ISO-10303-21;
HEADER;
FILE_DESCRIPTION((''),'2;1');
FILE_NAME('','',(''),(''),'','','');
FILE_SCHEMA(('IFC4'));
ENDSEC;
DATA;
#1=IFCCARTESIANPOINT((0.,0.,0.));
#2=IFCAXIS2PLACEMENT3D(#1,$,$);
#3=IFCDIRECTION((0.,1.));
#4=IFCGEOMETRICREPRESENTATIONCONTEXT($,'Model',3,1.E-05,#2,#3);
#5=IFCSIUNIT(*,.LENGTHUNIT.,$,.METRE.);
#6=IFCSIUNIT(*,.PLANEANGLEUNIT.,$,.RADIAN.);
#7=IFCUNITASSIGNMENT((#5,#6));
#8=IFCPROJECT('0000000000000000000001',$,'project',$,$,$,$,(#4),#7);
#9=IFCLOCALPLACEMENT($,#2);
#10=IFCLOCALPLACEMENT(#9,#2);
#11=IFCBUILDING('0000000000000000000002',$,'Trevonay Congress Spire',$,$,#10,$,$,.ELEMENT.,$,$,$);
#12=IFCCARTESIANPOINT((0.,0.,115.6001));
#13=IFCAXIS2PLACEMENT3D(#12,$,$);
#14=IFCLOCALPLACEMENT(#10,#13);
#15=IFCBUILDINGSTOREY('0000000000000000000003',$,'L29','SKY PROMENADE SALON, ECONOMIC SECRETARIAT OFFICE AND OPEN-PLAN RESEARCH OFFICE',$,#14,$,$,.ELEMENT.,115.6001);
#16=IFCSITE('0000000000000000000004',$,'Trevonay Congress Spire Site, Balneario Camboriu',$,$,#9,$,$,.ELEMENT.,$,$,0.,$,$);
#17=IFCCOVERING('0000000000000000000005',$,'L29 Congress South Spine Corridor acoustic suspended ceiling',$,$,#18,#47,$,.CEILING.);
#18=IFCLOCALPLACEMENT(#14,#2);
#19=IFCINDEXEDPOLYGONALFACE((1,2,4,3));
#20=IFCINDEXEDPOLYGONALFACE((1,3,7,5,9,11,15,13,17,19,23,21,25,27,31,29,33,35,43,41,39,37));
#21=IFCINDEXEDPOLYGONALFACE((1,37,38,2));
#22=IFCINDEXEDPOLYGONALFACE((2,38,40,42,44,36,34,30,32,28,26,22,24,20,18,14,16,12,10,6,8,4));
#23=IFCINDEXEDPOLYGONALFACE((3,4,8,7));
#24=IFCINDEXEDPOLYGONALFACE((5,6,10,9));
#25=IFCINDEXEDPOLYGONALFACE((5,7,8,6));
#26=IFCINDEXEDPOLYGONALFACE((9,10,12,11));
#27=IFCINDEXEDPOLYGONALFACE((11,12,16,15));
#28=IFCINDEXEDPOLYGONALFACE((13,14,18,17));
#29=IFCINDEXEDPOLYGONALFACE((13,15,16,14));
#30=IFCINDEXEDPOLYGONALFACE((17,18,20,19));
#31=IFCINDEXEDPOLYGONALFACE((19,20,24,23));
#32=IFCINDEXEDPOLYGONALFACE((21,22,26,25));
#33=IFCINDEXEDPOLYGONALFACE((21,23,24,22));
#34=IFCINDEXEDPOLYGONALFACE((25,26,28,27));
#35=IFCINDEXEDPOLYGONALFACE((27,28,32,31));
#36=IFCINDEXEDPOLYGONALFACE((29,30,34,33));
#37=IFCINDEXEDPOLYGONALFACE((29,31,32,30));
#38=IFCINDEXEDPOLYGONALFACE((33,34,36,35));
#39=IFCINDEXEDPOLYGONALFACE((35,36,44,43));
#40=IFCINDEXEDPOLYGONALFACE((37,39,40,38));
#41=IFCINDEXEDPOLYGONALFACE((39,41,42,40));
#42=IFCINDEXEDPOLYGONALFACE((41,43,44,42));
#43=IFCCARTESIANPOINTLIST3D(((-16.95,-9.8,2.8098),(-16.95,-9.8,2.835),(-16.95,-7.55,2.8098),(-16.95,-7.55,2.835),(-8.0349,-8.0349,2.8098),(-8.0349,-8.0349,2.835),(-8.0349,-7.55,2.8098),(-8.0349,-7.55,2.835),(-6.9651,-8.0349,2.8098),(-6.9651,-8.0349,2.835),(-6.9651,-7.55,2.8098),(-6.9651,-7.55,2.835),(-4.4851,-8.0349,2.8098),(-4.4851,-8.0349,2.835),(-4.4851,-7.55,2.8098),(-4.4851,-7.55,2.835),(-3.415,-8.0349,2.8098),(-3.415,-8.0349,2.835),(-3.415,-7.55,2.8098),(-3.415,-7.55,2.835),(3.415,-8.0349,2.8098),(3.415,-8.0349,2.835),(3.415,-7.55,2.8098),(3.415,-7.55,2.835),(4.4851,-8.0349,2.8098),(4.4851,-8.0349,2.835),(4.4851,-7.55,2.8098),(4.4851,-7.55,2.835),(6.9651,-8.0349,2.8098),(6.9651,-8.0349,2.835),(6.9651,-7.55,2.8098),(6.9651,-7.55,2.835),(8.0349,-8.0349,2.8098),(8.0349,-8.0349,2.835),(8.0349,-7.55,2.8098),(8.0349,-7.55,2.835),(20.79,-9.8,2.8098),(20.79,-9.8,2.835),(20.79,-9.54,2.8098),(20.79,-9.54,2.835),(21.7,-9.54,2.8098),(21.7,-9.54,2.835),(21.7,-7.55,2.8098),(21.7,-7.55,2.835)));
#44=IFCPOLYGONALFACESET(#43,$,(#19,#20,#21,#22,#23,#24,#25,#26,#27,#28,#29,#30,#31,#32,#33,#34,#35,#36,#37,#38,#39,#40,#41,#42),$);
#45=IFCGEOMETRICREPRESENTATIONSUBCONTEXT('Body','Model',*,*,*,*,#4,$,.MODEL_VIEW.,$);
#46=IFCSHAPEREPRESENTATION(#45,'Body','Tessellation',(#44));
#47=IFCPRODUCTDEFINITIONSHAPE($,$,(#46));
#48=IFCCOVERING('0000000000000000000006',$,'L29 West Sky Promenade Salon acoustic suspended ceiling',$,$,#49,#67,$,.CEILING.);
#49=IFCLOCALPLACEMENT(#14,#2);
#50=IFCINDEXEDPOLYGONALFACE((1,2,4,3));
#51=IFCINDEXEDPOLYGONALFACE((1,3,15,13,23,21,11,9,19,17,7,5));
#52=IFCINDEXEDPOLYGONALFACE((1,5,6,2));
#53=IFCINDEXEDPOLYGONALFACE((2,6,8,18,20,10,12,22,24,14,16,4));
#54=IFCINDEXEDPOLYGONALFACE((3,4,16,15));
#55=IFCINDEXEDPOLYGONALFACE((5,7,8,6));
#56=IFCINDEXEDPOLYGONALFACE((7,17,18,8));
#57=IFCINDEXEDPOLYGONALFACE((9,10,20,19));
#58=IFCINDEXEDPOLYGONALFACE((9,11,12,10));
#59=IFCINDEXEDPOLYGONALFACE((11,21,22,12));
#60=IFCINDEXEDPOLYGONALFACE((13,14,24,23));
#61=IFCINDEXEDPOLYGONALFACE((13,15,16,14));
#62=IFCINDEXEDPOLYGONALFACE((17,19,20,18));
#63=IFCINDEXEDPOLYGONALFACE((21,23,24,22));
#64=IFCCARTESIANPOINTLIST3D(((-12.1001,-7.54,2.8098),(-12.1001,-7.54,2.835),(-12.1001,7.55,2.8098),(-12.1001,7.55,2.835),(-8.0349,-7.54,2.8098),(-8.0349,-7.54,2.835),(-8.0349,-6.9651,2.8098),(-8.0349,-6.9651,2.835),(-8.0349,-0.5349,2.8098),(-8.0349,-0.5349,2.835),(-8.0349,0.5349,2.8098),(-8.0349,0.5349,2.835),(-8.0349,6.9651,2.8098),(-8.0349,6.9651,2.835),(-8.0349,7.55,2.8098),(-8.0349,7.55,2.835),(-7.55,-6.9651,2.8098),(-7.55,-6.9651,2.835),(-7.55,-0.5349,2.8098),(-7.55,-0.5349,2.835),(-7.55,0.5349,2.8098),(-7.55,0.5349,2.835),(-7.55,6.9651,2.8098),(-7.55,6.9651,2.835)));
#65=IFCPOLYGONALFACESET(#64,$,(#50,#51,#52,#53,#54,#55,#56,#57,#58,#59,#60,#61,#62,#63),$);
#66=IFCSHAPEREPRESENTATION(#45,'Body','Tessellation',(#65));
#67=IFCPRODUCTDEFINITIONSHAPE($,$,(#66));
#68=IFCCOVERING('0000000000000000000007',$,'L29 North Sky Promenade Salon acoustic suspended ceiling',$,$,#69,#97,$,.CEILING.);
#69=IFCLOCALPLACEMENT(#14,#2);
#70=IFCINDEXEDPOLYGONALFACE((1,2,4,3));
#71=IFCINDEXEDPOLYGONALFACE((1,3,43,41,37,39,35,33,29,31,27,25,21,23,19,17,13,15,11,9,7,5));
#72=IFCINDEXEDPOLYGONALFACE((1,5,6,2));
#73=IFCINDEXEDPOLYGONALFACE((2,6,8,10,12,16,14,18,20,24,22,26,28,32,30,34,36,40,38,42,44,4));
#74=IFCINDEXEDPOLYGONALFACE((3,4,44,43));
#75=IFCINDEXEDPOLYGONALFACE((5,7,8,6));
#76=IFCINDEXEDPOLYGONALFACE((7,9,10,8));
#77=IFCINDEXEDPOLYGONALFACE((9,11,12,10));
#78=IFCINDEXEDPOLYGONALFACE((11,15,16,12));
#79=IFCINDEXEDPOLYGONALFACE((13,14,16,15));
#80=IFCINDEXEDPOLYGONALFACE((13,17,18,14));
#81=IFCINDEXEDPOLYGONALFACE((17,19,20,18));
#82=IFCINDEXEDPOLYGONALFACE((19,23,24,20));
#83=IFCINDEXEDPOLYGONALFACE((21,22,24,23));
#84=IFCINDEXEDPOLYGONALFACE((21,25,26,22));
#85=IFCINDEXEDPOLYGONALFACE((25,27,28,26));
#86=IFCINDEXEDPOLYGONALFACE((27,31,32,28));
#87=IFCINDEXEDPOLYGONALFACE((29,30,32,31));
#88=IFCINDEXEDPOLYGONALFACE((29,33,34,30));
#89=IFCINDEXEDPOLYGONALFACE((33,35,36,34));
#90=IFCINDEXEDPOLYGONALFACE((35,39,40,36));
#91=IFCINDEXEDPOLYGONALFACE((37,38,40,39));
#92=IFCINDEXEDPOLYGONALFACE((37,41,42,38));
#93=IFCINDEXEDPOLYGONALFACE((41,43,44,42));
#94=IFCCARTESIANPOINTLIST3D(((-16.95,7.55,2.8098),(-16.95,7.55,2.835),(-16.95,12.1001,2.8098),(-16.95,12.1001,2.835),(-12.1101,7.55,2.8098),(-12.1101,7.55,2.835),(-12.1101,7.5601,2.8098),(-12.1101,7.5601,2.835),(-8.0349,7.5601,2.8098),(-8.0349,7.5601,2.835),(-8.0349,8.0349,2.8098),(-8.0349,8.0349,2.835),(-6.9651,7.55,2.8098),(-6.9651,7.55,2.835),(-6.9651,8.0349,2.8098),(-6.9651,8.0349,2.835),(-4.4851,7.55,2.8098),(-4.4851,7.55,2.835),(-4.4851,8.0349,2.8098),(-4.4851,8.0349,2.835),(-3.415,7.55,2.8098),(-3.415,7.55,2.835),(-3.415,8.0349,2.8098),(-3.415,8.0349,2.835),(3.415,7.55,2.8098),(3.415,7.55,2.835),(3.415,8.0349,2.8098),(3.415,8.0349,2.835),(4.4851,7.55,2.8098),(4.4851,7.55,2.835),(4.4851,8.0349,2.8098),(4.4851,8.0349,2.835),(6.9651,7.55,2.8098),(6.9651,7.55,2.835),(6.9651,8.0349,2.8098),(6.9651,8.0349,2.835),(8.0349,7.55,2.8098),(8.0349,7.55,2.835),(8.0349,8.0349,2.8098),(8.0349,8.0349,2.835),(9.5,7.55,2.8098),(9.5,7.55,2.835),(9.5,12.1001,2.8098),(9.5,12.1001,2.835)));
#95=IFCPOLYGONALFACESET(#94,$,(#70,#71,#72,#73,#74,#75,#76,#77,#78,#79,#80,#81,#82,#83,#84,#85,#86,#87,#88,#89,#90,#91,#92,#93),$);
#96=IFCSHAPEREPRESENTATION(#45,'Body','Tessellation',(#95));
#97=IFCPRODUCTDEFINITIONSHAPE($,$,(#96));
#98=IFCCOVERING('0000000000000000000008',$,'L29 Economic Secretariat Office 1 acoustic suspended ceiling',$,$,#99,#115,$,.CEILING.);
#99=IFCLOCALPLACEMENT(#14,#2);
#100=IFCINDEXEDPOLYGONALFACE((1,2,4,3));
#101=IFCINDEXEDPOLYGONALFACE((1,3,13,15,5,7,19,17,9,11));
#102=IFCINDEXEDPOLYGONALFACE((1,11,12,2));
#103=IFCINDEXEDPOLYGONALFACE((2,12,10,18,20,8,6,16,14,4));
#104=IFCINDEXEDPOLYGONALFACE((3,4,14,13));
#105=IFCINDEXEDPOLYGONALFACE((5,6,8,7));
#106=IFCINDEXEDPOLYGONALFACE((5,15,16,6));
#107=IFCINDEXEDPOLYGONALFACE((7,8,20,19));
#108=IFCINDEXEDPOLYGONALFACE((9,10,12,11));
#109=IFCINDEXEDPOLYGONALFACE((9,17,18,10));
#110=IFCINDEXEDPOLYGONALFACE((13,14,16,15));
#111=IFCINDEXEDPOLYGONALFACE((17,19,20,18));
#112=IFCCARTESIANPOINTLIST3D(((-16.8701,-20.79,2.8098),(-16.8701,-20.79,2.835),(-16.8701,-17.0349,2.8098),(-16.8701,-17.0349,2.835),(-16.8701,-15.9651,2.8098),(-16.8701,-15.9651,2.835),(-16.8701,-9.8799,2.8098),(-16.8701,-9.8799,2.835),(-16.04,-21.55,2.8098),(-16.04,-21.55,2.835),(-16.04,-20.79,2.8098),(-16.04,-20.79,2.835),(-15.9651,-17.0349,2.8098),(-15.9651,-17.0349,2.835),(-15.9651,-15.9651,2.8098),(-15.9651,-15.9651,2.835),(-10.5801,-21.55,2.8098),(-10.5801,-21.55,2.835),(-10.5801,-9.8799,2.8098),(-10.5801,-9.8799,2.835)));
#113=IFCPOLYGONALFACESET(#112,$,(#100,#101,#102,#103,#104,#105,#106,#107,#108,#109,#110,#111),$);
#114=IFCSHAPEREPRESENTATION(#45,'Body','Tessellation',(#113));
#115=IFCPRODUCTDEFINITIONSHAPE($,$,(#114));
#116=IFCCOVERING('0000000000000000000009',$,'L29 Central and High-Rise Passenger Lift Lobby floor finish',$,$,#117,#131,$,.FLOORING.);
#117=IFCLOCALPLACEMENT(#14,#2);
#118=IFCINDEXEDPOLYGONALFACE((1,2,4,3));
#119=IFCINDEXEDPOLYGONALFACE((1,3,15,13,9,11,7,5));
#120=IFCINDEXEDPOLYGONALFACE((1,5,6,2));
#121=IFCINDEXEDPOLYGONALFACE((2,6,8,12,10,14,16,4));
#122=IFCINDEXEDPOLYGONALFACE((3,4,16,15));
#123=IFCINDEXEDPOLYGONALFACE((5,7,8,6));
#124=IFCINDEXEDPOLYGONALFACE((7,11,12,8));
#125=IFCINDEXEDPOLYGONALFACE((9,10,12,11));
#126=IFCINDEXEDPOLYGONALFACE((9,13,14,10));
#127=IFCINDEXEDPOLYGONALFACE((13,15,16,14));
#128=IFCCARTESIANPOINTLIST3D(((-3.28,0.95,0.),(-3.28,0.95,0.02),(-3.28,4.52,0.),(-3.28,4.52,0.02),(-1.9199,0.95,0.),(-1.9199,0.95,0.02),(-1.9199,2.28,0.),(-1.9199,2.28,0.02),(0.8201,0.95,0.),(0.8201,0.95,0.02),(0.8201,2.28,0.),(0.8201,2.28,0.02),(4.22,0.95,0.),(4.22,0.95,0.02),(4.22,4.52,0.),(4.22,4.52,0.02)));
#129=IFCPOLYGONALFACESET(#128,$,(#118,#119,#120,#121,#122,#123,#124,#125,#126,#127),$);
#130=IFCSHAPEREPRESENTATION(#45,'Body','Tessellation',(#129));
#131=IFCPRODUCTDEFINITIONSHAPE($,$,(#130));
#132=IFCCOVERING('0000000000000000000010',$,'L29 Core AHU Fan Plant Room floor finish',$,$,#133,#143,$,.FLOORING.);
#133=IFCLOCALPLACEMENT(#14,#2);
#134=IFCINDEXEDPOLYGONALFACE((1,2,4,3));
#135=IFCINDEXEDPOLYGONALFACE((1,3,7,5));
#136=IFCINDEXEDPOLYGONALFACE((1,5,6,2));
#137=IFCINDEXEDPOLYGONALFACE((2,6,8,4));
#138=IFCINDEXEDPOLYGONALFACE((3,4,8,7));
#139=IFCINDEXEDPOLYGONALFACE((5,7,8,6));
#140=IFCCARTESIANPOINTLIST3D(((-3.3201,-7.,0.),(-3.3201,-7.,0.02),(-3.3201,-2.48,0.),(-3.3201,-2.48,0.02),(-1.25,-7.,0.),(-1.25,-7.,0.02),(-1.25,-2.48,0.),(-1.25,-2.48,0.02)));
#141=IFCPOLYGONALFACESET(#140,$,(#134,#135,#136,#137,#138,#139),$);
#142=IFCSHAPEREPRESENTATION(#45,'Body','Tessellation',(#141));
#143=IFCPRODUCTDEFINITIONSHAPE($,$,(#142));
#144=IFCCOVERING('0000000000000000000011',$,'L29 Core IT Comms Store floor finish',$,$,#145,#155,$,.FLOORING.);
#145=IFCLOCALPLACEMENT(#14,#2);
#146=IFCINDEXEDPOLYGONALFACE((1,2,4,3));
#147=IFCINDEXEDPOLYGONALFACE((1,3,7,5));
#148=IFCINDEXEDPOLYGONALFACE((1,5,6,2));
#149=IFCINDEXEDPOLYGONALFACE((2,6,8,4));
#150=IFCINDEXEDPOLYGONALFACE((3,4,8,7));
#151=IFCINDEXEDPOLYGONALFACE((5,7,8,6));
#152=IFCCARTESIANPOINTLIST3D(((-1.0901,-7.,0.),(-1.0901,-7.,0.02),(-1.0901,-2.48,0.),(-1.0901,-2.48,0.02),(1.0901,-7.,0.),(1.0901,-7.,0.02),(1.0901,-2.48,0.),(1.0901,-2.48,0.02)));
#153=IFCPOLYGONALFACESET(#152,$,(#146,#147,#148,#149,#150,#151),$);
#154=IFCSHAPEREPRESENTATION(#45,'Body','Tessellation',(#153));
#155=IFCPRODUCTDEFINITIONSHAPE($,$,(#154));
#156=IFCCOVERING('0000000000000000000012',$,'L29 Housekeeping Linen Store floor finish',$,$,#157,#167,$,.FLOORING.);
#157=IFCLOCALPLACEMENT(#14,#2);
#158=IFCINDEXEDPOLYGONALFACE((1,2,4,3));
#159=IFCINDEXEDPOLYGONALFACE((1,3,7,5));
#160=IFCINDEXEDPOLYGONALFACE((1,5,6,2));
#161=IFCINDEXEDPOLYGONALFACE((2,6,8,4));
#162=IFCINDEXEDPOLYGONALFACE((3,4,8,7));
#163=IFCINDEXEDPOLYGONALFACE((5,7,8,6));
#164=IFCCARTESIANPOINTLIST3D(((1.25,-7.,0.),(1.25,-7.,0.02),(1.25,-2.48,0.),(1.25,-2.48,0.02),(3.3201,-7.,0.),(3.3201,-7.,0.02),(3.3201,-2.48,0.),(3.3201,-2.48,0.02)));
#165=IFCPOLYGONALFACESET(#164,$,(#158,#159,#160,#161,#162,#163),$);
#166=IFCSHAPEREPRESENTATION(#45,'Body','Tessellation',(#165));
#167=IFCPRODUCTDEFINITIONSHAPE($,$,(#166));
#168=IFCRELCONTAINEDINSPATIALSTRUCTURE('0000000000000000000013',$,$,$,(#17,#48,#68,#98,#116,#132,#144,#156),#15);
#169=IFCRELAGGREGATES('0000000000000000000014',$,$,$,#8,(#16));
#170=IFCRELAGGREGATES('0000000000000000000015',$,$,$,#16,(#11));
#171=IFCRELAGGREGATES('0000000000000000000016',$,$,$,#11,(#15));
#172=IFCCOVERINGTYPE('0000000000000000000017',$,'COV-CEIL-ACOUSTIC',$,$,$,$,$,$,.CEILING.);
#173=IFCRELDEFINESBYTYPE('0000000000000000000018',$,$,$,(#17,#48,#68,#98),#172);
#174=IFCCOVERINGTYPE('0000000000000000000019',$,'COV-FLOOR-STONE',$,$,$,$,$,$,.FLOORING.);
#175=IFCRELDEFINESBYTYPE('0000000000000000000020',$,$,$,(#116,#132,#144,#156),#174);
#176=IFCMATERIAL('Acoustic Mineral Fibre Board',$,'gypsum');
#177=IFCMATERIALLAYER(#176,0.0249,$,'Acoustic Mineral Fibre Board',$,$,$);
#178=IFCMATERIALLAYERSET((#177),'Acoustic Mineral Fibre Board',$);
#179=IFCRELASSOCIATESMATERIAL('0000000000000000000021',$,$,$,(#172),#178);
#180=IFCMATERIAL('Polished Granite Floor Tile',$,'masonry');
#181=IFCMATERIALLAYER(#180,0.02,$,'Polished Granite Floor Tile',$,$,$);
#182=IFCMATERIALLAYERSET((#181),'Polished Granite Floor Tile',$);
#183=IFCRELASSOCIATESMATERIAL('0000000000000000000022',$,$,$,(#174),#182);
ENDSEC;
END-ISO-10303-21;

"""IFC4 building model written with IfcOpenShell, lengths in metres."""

from ifc_helpers import new_model, si_unit, direction, frame, origin, place, context, subcontext, project, spatial, polyline, outline, extrude, material, layer, layer_set, type_object, element, save


model = new_model("IFC4")

# Units and contexts
model_context = context("Model", 3, precision=1e-05, world=origin(), true_north=direction((0.0, 1.0)))
body_context = subcontext(model_context, "Body", "Model", "MODEL_VIEW")
ifc_project = project(units=[si_unit("LENGTHUNIT", "METRE"), si_unit("PLANEANGLEUNIT", "RADIAN")], contexts=[model_context])

# Site, building, storey
site_placement = place(None, origin())
site = spatial("IfcSite", under=ifc_project, at=site_placement, Name="Trevonay Congress Spire Site, Balneario Camboriu", CompositionType="ELEMENT", RefElevation=0.0)
building_placement = place(site_placement, origin())
building = spatial("IfcBuilding", under=site, at=building_placement, Name="Trevonay Congress Spire", CompositionType="ELEMENT")
storey_placement = place(building_placement, frame((0.0, 0.0, 115.6001)))
storey = spatial("IfcBuildingStorey", under=building, at=storey_placement, Name="L29", Description="SKY PROMENADE SALON, ECONOMIC SECRETARIAT OFFICE AND OPEN-PLAN RESEARCH OFFICE", CompositionType="ELEMENT", Elevation=115.6001)

# Coverings
ifc_material_1 = material(Name="Acoustic Mineral Fibre Board", Category="gypsum")
ifc_layer_1 = layer(ifc_material_1, 0.0249, Name="Acoustic Mineral Fibre Board")
ifc_layer_set_1 = layer_set([ifc_layer_1], Name="Acoustic Mineral Fibre Board")
covering_type_1 = type_object("IfcCoveringType", Name="COV-CEIL-ACOUSTIC", PredefinedType="CEILING", material=ifc_layer_set_1)
covering_1_placement = place(storey_placement, frame((0.0, 0.0, 2.8098)))
element("IfcCovering", 1, at=covering_1_placement, inside=storey, type_object=covering_type_1, Name="L29 Congress South Spine Corridor acoustic suspended ceiling", PredefinedType="CEILING", context=body_context, shape_type="SweptSolid", body=[
    extrude(outline(polyline([(-16.95, -9.8), (-16.95, -7.55), (-8.0349, -7.55), (-8.0349, -8.0349), (-6.9651, -8.0349), (-6.9651, -7.55), (-4.4851, -7.55), (-4.4851, -8.0349), (-3.415, -8.0349), (-3.415, -7.55), (3.415, -7.55), (3.415, -8.0349), (4.4851, -8.0349), (4.4851, -7.55), (6.9651, -7.55), (6.9651, -8.0349), (8.0349, -8.0349), (8.0349, -7.55), (21.7, -7.55), (21.7, -9.54), (20.79, -9.54), (20.79, -9.8), (-16.95, -9.8)])), origin(), (0.0, 0.0, 1.0), 0.0251),
])
covering_2_placement = place(storey_placement, frame((0.0, 0.0, 2.8098)))
element("IfcCovering", 2, at=covering_2_placement, inside=storey, type_object=covering_type_1, Name="L29 West Sky Promenade Salon acoustic suspended ceiling", PredefinedType="CEILING", context=body_context, shape_type="SweptSolid", body=[
    extrude(outline(polyline([(-12.1001, 7.55), (-8.0349, 7.55), (-8.0349, 6.9651), (-7.55, 6.9651), (-7.55, 0.5349), (-8.0349, 0.5349), (-8.0349, -0.5349), (-7.55, -0.5349), (-7.55, -6.9651), (-8.0349, -6.9651), (-8.0349, -7.54), (-12.1001, -7.54), (-12.1001, 7.55)])), origin(), (0.0, 0.0, 1.0), 0.0251),
])
covering_3_placement = place(storey_placement, frame((0.0, 0.0, 2.8098)))
element("IfcCovering", 3, at=covering_3_placement, inside=storey, type_object=covering_type_1, Name="L29 North Sky Promenade Salon acoustic suspended ceiling", PredefinedType="CEILING", context=body_context, shape_type="SweptSolid", body=[
    extrude(outline(polyline([(-16.95, 12.1001), (9.5, 12.1001), (9.5, 7.55), (8.0349, 7.55), (8.0349, 8.0349), (6.9651, 8.0349), (6.9651, 7.55), (4.4851, 7.55), (4.4851, 8.0349), (3.415, 8.0349), (3.415, 7.55), (-3.415, 7.55), (-3.415, 8.0349), (-4.4851, 8.0349), (-4.4851, 7.55), (-6.9651, 7.55), (-6.9651, 8.0349), (-8.0349, 8.0349), (-8.0349, 7.5601), (-12.1101, 7.5601), (-12.1101, 7.55), (-16.95, 7.55), (-16.95, 12.1001)])), origin(), (0.0, 0.0, 1.0), 0.0251),
])
covering_4_placement = place(storey_placement, frame((0.0, 0.0, 2.8098)))
element("IfcCovering", 4, at=covering_4_placement, inside=storey, type_object=covering_type_1, Name="L29 Economic Secretariat Office 1 acoustic suspended ceiling", PredefinedType="CEILING", context=body_context, shape_type="SweptSolid", body=[
    extrude(outline(polyline([(-16.8701, -9.8799), (-10.5801, -9.8799), (-10.5801, -21.55), (-16.04, -21.55), (-16.04, -20.79), (-16.8701, -20.79), (-16.8701, -17.0349), (-15.9651, -17.0349), (-15.9651, -15.9651), (-16.8701, -15.9651), (-16.8701, -9.8799)])), origin(), (0.0, 0.0, 1.0), 0.0251),
])
ifc_material_2 = material(Name="Polished Granite Floor Tile", Category="masonry")
ifc_layer_2 = layer(ifc_material_2, 0.02, Name="Polished Granite Floor Tile")
ifc_layer_set_2 = layer_set([ifc_layer_2], Name="Polished Granite Floor Tile")
covering_type_2 = type_object("IfcCoveringType", Name="COV-FLOOR-STONE", PredefinedType="FLOORING", material=ifc_layer_set_2)
covering_5_placement = place(storey_placement, origin())
element("IfcCovering", 5, at=covering_5_placement, inside=storey, type_object=covering_type_2, Name="L29 Central and High-Rise Passenger Lift Lobby floor finish", PredefinedType="FLOORING", context=body_context, shape_type="SweptSolid", body=[
    extrude(outline(polyline([(-3.28, 0.95), (-1.9199, 0.95), (-1.9199, 2.28), (0.8201, 2.28), (0.8201, 0.95), (4.22, 0.95), (4.22, 4.52), (-3.28, 4.52), (-3.28, 0.95)])), origin(), (0.0, 0.0, 1.0), 0.02),
])
covering_6_placement = place(storey_placement, origin())
element("IfcCovering", 6, at=covering_6_placement, inside=storey, type_object=covering_type_2, Name="L29 Core AHU Fan Plant Room floor finish", PredefinedType="FLOORING", context=body_context, shape_type="SweptSolid", body=[
    extrude(outline(polyline([(-3.3201, -7.0), (-1.25, -7.0), (-1.25, -2.48), (-3.3201, -2.48), (-3.3201, -7.0)])), origin(), (0.0, 0.0, 1.0), 0.02),
])
covering_7_placement = place(storey_placement, origin())
element("IfcCovering", 7, at=covering_7_placement, inside=storey, type_object=covering_type_2, Name="L29 Core IT Comms Store floor finish", PredefinedType="FLOORING", context=body_context, shape_type="SweptSolid", body=[
    extrude(outline(polyline([(-1.0901, -7.0), (1.0901, -7.0), (1.0901, -2.48), (-1.0901, -2.48), (-1.0901, -7.0)])), origin(), (0.0, 0.0, 1.0), 0.02),
])
covering_8_placement = place(storey_placement, origin())
element("IfcCovering", 8, at=covering_8_placement, inside=storey, type_object=covering_type_2, Name="L29 Housekeeping Linen Store floor finish", PredefinedType="FLOORING", context=body_context, shape_type="SweptSolid", body=[
    extrude(outline(polyline([(1.25, -7.0), (3.3201, -7.0), (3.3201, -2.48), (1.25, -2.48), (1.25, -7.0)])), origin(), (0.0, 0.0, 1.0), 0.02),
])

save(model, "model.ifc")
